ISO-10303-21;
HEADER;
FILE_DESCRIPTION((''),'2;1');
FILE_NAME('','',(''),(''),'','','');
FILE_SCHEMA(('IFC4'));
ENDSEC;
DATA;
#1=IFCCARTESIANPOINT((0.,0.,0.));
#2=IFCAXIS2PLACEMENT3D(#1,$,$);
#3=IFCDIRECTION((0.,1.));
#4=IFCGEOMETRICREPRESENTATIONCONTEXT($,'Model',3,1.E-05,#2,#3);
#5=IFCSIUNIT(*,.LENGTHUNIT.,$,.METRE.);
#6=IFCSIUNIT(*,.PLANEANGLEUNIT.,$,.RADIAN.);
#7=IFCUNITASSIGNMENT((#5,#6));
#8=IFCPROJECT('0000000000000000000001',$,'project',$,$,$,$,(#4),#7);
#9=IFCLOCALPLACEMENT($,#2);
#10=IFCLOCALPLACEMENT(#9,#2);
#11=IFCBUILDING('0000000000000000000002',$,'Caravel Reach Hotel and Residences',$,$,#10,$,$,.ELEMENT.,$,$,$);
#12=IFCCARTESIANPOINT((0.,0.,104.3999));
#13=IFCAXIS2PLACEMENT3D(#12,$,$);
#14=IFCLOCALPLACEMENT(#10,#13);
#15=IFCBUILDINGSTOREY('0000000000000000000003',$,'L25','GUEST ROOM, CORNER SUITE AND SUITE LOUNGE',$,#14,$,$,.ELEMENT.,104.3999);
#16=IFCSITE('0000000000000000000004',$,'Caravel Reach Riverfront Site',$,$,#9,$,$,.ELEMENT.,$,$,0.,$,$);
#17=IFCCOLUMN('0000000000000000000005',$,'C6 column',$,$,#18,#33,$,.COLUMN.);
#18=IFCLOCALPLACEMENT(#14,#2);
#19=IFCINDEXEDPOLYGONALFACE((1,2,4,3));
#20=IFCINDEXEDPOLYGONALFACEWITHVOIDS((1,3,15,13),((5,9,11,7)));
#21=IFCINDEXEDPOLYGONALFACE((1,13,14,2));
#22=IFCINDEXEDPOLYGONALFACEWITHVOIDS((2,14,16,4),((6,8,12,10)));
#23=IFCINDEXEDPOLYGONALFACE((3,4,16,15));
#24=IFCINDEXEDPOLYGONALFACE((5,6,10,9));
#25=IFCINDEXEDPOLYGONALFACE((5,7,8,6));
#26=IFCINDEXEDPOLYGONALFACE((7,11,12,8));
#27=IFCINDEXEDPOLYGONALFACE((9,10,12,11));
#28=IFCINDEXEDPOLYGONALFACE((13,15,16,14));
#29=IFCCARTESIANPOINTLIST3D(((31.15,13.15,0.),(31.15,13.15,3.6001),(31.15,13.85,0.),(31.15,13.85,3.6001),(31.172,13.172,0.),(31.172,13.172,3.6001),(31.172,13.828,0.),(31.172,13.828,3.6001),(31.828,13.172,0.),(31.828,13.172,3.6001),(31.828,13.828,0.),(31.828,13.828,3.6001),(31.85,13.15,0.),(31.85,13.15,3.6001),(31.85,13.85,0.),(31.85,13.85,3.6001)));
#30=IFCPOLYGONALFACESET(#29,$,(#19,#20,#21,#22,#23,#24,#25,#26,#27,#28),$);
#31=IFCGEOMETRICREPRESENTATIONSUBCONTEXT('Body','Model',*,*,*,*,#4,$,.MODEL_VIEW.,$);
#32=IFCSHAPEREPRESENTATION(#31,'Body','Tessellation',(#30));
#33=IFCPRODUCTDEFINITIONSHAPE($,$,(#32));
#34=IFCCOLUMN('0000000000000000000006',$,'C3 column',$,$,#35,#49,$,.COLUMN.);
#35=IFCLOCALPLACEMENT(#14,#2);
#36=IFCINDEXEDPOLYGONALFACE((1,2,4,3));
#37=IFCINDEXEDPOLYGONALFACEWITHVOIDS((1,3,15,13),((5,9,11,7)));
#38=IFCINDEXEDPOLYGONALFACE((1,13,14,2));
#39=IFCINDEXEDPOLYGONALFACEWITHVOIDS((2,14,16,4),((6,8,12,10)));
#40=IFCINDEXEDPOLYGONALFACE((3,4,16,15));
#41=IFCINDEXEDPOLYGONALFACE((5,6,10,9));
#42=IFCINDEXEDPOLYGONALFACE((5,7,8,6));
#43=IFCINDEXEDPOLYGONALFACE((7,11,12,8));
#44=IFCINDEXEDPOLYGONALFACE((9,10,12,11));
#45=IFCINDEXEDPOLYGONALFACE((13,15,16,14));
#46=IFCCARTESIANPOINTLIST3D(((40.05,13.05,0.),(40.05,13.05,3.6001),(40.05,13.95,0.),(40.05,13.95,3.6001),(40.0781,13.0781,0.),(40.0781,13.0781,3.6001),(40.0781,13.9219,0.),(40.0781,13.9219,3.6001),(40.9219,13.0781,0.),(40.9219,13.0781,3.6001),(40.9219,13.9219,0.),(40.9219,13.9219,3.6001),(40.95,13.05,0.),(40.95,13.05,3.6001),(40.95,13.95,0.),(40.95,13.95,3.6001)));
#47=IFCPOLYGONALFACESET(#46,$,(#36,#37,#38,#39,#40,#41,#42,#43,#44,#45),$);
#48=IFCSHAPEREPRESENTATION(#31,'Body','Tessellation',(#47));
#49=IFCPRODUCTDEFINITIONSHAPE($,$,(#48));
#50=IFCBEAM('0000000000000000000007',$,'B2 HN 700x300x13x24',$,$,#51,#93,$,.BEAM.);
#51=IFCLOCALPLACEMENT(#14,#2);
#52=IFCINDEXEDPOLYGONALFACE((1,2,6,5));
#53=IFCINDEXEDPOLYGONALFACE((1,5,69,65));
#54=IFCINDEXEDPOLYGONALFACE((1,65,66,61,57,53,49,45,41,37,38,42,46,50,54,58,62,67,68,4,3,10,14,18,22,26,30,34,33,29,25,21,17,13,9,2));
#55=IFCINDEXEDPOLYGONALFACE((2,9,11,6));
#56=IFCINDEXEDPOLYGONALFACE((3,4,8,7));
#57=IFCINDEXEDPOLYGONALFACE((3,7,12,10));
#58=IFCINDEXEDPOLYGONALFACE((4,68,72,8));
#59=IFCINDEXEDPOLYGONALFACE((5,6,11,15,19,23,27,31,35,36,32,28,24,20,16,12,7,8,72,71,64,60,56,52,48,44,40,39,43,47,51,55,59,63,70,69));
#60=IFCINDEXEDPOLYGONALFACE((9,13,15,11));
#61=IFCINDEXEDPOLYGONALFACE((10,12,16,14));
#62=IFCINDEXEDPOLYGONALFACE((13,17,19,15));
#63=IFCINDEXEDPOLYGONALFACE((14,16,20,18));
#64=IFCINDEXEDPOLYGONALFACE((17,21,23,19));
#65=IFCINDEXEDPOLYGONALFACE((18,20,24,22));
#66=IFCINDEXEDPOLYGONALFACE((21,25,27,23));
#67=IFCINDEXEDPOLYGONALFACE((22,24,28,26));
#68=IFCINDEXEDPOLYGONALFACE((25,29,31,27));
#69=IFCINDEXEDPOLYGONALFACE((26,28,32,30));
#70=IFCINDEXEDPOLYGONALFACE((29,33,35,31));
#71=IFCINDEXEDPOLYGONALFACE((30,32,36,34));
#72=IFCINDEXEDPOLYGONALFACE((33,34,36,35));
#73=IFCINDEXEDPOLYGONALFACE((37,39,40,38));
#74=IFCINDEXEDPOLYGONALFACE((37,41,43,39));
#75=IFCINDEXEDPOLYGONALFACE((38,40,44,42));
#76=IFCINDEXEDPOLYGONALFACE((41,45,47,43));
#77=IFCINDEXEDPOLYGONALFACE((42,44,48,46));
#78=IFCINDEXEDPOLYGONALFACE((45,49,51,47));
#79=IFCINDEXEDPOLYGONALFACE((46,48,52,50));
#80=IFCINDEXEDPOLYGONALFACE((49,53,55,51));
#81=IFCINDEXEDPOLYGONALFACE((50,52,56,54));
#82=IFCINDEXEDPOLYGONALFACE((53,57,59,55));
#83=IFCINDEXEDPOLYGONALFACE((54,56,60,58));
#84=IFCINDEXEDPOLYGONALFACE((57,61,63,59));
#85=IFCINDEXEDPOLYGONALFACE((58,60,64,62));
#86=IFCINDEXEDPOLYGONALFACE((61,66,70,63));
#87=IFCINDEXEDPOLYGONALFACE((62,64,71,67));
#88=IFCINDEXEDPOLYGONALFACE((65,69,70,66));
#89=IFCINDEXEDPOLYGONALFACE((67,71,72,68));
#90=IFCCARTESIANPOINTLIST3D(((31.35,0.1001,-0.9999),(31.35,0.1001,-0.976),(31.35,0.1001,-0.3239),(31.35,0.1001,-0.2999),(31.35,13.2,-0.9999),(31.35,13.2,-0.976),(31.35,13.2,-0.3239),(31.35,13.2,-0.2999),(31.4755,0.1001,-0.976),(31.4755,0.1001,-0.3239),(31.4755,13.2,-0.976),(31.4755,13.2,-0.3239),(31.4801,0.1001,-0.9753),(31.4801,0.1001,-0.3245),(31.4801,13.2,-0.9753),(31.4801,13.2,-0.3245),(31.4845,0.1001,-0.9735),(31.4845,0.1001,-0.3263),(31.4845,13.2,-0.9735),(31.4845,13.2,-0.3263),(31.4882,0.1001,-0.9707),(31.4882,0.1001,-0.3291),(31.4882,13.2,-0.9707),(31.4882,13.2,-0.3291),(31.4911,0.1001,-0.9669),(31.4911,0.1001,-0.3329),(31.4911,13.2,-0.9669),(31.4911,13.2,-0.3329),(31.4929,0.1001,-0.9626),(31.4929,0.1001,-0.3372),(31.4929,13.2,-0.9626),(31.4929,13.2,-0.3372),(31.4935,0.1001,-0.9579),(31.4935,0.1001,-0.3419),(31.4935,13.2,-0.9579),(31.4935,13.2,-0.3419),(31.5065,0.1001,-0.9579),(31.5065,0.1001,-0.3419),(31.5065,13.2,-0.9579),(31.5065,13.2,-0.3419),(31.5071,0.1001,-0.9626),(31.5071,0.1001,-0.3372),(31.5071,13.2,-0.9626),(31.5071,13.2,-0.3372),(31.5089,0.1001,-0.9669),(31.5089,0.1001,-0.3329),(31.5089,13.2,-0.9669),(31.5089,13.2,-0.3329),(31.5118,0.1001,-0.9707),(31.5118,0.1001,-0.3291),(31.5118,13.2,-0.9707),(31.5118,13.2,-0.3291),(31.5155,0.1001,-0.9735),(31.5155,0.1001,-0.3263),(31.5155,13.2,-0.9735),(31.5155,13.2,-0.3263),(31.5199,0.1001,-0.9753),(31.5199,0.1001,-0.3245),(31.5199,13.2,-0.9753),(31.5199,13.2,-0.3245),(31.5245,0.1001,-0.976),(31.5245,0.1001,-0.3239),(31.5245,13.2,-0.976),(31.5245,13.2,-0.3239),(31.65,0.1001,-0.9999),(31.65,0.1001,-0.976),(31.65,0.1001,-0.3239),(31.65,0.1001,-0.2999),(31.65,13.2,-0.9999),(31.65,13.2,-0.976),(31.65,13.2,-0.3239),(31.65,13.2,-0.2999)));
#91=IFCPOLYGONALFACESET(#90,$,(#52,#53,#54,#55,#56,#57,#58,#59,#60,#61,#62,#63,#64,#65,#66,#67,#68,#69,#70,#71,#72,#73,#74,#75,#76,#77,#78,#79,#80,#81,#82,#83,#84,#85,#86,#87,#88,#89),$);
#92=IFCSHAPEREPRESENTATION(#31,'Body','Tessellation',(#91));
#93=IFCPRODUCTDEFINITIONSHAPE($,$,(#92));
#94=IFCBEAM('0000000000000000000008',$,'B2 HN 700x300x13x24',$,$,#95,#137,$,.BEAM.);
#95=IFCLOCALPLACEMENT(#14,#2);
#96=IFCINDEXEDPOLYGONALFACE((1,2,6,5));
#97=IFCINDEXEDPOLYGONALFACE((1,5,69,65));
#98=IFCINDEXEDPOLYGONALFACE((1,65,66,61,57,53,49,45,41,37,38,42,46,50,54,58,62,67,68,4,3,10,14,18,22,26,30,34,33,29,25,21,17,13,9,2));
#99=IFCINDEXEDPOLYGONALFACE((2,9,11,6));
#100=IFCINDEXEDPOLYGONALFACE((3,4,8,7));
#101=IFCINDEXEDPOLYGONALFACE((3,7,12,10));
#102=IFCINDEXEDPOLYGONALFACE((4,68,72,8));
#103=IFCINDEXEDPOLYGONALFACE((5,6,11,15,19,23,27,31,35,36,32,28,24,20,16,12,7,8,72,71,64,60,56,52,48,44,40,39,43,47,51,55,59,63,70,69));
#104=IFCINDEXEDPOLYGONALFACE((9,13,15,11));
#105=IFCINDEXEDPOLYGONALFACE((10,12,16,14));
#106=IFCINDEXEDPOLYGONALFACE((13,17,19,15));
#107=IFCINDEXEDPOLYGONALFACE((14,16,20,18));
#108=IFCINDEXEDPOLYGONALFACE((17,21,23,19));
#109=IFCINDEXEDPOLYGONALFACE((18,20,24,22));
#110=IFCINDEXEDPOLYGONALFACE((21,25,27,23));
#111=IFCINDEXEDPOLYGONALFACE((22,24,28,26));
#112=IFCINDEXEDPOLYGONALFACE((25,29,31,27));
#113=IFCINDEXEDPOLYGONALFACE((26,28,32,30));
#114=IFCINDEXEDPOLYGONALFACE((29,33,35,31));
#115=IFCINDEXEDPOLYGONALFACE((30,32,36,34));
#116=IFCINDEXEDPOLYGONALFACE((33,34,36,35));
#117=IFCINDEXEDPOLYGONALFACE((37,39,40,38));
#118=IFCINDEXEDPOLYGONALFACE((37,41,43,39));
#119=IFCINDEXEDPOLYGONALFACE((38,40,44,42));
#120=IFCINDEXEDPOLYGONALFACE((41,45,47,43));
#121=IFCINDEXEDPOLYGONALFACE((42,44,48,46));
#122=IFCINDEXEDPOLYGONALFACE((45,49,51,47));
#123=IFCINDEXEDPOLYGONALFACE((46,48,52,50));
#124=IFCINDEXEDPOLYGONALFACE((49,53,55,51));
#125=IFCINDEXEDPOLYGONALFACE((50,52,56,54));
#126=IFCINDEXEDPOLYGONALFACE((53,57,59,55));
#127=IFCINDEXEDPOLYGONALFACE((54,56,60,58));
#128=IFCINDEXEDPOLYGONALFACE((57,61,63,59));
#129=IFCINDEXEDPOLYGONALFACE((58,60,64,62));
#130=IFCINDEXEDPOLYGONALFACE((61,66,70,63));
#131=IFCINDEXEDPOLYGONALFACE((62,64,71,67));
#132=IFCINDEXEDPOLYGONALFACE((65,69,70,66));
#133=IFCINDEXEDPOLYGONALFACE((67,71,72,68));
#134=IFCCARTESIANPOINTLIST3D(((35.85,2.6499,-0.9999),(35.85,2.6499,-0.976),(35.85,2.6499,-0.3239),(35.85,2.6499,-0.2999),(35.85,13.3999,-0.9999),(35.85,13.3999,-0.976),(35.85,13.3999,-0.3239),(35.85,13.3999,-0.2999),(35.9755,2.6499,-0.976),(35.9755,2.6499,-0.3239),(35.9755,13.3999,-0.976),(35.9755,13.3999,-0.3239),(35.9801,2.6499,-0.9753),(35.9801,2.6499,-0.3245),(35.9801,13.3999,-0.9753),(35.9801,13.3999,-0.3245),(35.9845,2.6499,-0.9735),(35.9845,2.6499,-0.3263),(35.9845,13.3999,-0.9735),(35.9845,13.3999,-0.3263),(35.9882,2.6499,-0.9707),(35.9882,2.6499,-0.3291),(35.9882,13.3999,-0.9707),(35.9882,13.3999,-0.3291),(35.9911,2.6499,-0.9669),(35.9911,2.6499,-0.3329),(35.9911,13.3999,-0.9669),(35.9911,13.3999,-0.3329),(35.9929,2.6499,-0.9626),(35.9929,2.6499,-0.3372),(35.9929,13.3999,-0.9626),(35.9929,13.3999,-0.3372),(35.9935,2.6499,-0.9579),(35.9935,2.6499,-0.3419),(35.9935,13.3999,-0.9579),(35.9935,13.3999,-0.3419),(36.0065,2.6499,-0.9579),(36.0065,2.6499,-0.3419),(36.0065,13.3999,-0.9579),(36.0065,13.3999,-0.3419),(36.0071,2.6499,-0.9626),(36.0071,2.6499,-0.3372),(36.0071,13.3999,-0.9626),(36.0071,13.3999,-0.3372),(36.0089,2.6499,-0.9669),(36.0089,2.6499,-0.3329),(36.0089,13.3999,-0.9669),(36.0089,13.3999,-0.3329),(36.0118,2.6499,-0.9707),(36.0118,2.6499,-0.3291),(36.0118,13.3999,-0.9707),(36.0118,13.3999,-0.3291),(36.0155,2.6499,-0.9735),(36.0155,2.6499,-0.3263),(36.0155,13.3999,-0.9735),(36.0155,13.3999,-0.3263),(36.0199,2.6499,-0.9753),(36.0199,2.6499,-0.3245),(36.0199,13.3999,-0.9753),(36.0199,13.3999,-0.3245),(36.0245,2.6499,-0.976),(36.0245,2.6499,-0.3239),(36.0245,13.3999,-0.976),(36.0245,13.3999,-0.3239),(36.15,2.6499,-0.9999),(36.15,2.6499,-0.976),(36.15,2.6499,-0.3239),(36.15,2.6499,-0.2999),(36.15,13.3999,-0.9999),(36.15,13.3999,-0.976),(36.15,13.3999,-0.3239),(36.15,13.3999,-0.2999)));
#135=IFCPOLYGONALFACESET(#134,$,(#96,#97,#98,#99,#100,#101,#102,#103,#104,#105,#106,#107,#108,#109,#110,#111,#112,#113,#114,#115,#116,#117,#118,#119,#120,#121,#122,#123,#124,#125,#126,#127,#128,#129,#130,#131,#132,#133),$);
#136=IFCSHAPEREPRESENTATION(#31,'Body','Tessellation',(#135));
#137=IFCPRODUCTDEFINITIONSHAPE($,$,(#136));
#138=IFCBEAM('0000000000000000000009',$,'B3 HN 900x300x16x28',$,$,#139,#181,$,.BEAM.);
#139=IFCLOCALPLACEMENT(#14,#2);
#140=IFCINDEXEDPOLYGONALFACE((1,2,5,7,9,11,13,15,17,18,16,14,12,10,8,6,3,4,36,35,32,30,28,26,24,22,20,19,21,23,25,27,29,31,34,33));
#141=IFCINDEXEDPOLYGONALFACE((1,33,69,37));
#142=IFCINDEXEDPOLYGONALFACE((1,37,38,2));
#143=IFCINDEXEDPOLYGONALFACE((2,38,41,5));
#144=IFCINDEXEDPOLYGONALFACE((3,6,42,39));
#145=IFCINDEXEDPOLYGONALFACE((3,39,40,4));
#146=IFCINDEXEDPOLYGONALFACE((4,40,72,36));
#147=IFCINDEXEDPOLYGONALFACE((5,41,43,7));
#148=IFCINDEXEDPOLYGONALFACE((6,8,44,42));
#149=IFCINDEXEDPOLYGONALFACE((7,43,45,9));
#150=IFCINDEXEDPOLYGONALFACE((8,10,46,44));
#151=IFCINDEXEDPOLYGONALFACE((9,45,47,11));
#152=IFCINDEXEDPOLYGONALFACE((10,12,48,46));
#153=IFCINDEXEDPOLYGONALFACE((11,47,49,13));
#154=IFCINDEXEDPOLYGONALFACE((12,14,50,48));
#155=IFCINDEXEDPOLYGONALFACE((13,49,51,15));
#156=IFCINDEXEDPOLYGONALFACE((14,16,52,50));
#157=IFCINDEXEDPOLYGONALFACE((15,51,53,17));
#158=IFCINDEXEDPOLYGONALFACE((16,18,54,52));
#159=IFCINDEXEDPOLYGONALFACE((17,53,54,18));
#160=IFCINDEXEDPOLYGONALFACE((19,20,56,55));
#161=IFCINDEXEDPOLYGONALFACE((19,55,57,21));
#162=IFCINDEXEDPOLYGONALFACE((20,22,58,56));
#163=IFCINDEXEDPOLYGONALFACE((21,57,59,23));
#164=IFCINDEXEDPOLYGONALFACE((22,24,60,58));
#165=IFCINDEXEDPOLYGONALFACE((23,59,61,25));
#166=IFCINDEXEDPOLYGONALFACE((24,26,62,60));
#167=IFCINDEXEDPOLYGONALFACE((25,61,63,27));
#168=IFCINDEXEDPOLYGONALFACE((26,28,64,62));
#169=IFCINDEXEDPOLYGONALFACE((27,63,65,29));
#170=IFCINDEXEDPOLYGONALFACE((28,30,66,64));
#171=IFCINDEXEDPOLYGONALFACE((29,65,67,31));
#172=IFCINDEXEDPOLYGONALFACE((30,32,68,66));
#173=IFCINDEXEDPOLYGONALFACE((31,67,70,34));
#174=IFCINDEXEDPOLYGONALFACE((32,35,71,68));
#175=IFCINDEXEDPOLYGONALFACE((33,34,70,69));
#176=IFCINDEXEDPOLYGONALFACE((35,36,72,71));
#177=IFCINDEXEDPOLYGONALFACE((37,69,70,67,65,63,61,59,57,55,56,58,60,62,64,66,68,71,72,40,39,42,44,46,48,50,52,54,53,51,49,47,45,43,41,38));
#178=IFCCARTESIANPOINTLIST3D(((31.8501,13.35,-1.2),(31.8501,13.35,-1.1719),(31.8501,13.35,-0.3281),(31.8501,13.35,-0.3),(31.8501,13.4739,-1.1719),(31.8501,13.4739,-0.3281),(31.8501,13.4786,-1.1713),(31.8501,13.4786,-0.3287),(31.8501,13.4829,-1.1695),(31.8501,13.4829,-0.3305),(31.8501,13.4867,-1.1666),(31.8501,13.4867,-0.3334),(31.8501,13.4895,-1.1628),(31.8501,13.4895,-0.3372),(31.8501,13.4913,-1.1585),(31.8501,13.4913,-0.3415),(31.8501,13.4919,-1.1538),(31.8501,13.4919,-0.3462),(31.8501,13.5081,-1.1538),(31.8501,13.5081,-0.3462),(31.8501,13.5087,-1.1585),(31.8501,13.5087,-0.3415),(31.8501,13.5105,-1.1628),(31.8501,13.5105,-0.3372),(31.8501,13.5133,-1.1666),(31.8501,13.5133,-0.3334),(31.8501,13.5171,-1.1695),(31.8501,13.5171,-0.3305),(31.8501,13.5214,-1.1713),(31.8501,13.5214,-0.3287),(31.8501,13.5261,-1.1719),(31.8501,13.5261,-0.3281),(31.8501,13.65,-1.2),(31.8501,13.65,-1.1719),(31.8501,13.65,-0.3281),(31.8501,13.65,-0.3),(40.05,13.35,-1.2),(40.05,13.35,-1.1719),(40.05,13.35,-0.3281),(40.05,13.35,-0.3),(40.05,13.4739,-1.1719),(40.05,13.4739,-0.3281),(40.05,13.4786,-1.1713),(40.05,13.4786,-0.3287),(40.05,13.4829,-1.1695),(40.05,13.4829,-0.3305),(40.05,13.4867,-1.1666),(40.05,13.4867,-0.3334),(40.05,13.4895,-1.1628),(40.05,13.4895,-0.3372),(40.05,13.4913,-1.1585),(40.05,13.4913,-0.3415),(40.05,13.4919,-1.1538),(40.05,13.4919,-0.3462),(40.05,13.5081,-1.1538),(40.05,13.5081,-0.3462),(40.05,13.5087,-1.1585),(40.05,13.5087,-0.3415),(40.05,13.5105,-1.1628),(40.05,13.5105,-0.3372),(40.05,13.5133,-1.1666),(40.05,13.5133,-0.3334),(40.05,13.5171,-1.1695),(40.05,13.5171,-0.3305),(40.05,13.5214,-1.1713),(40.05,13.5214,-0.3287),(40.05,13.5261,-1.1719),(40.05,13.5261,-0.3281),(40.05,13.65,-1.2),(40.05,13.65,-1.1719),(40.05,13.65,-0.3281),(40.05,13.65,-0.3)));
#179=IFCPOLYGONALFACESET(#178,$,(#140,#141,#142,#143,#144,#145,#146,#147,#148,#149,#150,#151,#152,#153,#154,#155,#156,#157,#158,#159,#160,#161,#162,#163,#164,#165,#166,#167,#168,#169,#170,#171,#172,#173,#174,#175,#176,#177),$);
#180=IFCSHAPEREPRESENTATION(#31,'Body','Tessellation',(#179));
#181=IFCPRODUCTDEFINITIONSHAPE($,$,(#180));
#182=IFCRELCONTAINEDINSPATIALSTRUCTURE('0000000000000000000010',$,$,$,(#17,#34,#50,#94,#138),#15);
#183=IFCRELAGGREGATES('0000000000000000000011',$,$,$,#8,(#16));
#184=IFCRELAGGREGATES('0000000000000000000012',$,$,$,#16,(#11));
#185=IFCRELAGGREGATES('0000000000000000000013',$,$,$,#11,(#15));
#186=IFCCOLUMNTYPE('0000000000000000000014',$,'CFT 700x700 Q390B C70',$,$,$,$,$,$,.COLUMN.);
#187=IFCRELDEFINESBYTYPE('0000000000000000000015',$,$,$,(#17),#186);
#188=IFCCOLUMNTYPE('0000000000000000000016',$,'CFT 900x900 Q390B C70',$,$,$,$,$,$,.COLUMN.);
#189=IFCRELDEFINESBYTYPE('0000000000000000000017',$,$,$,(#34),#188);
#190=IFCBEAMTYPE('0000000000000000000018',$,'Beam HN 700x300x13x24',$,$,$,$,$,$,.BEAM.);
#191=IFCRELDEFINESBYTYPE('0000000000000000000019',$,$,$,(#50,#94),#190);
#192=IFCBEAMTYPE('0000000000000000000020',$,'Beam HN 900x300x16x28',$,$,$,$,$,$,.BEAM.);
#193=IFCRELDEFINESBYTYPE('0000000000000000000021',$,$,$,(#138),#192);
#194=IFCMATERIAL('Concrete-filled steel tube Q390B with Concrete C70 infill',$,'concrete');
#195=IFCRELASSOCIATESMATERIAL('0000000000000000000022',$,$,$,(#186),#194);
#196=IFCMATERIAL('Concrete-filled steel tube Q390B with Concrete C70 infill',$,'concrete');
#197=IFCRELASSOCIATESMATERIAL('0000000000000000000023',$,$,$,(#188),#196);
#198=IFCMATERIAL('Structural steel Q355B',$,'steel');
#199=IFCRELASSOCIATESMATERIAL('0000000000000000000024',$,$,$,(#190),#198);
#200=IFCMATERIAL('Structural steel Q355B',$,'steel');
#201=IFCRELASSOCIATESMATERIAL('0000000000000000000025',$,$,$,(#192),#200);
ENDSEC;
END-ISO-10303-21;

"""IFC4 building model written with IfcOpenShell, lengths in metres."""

from ifc_helpers import new_model, si_unit, direction, frame, origin, origin_2d, place, context, subcontext, project, spatial, hollow_rectangle, i_section, extrude, material, material_profile, profile_set, type_object, element, save


model = new_model("IFC4")

# Units and contexts
model_context = context("Model", 3, precision=1e-05, world=origin(), true_north=direction((0.0, 1.0)))
body_context = subcontext(model_context, "Body", "Model", "MODEL_VIEW")
ifc_project = project(units=[si_unit("LENGTHUNIT", "METRE"), si_unit("PLANEANGLEUNIT", "RADIAN")], contexts=[model_context])

# Site, building, storey
site_placement = place(None, origin())
site = spatial("IfcSite", under=ifc_project, at=site_placement, Name="Caravel Reach Riverfront Site", CompositionType="ELEMENT", RefElevation=0.0)
building_placement = place(site_placement, origin())
building = spatial("IfcBuilding", under=site, at=building_placement, Name="Caravel Reach Hotel and Residences", CompositionType="ELEMENT")
storey_placement = place(building_placement, frame((0.0, 0.0, 104.3999)))
storey = spatial("IfcBuildingStorey", under=building, at=storey_placement, Name="L25", Description="GUEST ROOM, CORNER SUITE AND SUITE LOUNGE", CompositionType="ELEMENT", Elevation=104.3999)

# Columns
ifc_material_1 = material(Name="Concrete-filled steel tube Q390B with Concrete C70 infill", Category="concrete")
ifc_material_profile_1 = material_profile(ifc_material_1, hollow_rectangle(XDim=0.7, YDim=0.7, WallThickness=0.022, at=origin_2d()), Name="RHS 700x700x22")
ifc_profile_set_1 = profile_set([ifc_material_profile_1], Name="Concrete-filled steel tube Q390B with Concrete C70 infill")
column_type_1 = type_object("IfcColumnType", Name="CFT 700x700 Q390B C70", PredefinedType="COLUMN", material=ifc_profile_set_1)
column_1_placement = place(storey_placement, frame((31.5, 13.5, 0.0), z_axis=(0.0, 0.0, 1.0), x_axis=(1.0, 0.0, 0.0)))
element("IfcColumn", 1, at=column_1_placement, inside=storey, type_object=column_type_1, Name="C6 column", PredefinedType="COLUMN", context=body_context, shape_type="SweptSolid", body=[
    extrude(hollow_rectangle(XDim=0.7, YDim=0.7, WallThickness=0.022, at=origin_2d()), origin(), (0.0, 0.0, 1.0), 3.6001),
])
ifc_material_2 = material(Name="Concrete-filled steel tube Q390B with Concrete C70 infill", Category="concrete")
ifc_material_profile_2 = material_profile(ifc_material_2, hollow_rectangle(XDim=0.8999, YDim=0.8999, WallThickness=0.0281, at=origin_2d()), Name="RHS 900x900x28")
ifc_profile_set_2 = profile_set([ifc_material_profile_2], Name="Concrete-filled steel tube Q390B with Concrete C70 infill")
column_type_2 = type_object("IfcColumnType", Name="CFT 900x900 Q390B C70", PredefinedType="COLUMN", material=ifc_profile_set_2)
column_2_placement = place(storey_placement, frame((40.5, 13.5, 0.0), z_axis=(0.0, 0.0, 1.0), x_axis=(1.0, 0.0, 0.0)))
element("IfcColumn", 2, at=column_2_placement, inside=storey, type_object=column_type_2, Name="C3 column", PredefinedType="COLUMN", context=body_context, shape_type="SweptSolid", body=[
    extrude(hollow_rectangle(XDim=0.8999, YDim=0.8999, WallThickness=0.0281, at=origin_2d()), origin(), (0.0, 0.0, 1.0), 3.6001),
])

# Beams
ifc_material_3 = material(Name="Structural steel Q355B", Category="steel")
ifc_material_profile_3 = material_profile(ifc_material_3, i_section(OverallWidth=0.3, OverallDepth=0.7, WebThickness=0.0129, FlangeThickness=0.0239, FilletRadius=0.0181, at=origin_2d()), Name="HN 700x300x13x24")
ifc_profile_set_3 = profile_set([ifc_material_profile_3], Name="Structural steel Q355B")
beam_type_1 = type_object("IfcBeamType", Name="Beam HN 700x300x13x24", PredefinedType="BEAM", material=ifc_profile_set_3)
beam_1_placement = place(storey_placement, frame((31.5, 13.2, -0.6499), z_axis=(0.0, -1.0, 0.0), x_axis=(1.0, 0.0, 0.0)))
element("IfcBeam", 3, at=beam_1_placement, inside=storey, type_object=beam_type_1, Name="B2 HN 700x300x13x24", PredefinedType="BEAM", context=body_context, shape_type="SweptSolid", body=[
    extrude(i_section(OverallWidth=0.3, OverallDepth=0.7, WebThickness=0.0129, FlangeThickness=0.0239, FilletRadius=0.0181, at=origin_2d()), origin(), (0.0, 0.0, 1.0), 13.0999),
])
beam_2_placement = place(storey_placement, frame((36.0, 13.3999, -0.6499), z_axis=(0.0, -1.0, 0.0), x_axis=(1.0, 0.0, 0.0)))
element("IfcBeam", 4, at=beam_2_placement, inside=storey, type_object=beam_type_1, Name="B2 HN 700x300x13x24", PredefinedType="BEAM", context=body_context, shape_type="SweptSolid", body=[
    extrude(i_section(OverallWidth=0.3, OverallDepth=0.7, WebThickness=0.0129, FlangeThickness=0.0239, FilletRadius=0.0181, at=origin_2d()), origin(), (0.0, 0.0, 1.0), 10.75),
])
ifc_material_4 = material(Name="Structural steel Q355B", Category="steel")
ifc_material_profile_4 = material_profile(ifc_material_4, i_section(OverallWidth=0.3, OverallDepth=0.8999, WebThickness=0.0161, FlangeThickness=0.0281, FilletRadius=0.0181, at=origin_2d()), Name="HN 900x300x16x28")
ifc_profile_set_4 = profile_set([ifc_material_profile_4], Name="Structural steel Q355B")
beam_type_2 = type_object("IfcBeamType", Name="Beam HN 900x300x16x28", PredefinedType="BEAM", material=ifc_profile_set_4)
beam_3_placement = place(storey_placement, frame((31.8501, 13.5, -0.75), z_axis=(1.0, 0.0, 0.0), x_axis=(0.0, 1.0, 0.0)))
element("IfcBeam", 5, at=beam_3_placement, inside=storey, type_object=beam_type_2, Name="B3 HN 900x300x16x28", PredefinedType="BEAM", context=body_context, shape_type="SweptSolid", body=[
    extrude(i_section(OverallWidth=0.3, OverallDepth=0.8999, WebThickness=0.0161, FlangeThickness=0.0281, FilletRadius=0.0181, at=origin_2d()), origin(), (0.0, 0.0, 1.0), 8.2),
])

save(model, "model.ifc")
